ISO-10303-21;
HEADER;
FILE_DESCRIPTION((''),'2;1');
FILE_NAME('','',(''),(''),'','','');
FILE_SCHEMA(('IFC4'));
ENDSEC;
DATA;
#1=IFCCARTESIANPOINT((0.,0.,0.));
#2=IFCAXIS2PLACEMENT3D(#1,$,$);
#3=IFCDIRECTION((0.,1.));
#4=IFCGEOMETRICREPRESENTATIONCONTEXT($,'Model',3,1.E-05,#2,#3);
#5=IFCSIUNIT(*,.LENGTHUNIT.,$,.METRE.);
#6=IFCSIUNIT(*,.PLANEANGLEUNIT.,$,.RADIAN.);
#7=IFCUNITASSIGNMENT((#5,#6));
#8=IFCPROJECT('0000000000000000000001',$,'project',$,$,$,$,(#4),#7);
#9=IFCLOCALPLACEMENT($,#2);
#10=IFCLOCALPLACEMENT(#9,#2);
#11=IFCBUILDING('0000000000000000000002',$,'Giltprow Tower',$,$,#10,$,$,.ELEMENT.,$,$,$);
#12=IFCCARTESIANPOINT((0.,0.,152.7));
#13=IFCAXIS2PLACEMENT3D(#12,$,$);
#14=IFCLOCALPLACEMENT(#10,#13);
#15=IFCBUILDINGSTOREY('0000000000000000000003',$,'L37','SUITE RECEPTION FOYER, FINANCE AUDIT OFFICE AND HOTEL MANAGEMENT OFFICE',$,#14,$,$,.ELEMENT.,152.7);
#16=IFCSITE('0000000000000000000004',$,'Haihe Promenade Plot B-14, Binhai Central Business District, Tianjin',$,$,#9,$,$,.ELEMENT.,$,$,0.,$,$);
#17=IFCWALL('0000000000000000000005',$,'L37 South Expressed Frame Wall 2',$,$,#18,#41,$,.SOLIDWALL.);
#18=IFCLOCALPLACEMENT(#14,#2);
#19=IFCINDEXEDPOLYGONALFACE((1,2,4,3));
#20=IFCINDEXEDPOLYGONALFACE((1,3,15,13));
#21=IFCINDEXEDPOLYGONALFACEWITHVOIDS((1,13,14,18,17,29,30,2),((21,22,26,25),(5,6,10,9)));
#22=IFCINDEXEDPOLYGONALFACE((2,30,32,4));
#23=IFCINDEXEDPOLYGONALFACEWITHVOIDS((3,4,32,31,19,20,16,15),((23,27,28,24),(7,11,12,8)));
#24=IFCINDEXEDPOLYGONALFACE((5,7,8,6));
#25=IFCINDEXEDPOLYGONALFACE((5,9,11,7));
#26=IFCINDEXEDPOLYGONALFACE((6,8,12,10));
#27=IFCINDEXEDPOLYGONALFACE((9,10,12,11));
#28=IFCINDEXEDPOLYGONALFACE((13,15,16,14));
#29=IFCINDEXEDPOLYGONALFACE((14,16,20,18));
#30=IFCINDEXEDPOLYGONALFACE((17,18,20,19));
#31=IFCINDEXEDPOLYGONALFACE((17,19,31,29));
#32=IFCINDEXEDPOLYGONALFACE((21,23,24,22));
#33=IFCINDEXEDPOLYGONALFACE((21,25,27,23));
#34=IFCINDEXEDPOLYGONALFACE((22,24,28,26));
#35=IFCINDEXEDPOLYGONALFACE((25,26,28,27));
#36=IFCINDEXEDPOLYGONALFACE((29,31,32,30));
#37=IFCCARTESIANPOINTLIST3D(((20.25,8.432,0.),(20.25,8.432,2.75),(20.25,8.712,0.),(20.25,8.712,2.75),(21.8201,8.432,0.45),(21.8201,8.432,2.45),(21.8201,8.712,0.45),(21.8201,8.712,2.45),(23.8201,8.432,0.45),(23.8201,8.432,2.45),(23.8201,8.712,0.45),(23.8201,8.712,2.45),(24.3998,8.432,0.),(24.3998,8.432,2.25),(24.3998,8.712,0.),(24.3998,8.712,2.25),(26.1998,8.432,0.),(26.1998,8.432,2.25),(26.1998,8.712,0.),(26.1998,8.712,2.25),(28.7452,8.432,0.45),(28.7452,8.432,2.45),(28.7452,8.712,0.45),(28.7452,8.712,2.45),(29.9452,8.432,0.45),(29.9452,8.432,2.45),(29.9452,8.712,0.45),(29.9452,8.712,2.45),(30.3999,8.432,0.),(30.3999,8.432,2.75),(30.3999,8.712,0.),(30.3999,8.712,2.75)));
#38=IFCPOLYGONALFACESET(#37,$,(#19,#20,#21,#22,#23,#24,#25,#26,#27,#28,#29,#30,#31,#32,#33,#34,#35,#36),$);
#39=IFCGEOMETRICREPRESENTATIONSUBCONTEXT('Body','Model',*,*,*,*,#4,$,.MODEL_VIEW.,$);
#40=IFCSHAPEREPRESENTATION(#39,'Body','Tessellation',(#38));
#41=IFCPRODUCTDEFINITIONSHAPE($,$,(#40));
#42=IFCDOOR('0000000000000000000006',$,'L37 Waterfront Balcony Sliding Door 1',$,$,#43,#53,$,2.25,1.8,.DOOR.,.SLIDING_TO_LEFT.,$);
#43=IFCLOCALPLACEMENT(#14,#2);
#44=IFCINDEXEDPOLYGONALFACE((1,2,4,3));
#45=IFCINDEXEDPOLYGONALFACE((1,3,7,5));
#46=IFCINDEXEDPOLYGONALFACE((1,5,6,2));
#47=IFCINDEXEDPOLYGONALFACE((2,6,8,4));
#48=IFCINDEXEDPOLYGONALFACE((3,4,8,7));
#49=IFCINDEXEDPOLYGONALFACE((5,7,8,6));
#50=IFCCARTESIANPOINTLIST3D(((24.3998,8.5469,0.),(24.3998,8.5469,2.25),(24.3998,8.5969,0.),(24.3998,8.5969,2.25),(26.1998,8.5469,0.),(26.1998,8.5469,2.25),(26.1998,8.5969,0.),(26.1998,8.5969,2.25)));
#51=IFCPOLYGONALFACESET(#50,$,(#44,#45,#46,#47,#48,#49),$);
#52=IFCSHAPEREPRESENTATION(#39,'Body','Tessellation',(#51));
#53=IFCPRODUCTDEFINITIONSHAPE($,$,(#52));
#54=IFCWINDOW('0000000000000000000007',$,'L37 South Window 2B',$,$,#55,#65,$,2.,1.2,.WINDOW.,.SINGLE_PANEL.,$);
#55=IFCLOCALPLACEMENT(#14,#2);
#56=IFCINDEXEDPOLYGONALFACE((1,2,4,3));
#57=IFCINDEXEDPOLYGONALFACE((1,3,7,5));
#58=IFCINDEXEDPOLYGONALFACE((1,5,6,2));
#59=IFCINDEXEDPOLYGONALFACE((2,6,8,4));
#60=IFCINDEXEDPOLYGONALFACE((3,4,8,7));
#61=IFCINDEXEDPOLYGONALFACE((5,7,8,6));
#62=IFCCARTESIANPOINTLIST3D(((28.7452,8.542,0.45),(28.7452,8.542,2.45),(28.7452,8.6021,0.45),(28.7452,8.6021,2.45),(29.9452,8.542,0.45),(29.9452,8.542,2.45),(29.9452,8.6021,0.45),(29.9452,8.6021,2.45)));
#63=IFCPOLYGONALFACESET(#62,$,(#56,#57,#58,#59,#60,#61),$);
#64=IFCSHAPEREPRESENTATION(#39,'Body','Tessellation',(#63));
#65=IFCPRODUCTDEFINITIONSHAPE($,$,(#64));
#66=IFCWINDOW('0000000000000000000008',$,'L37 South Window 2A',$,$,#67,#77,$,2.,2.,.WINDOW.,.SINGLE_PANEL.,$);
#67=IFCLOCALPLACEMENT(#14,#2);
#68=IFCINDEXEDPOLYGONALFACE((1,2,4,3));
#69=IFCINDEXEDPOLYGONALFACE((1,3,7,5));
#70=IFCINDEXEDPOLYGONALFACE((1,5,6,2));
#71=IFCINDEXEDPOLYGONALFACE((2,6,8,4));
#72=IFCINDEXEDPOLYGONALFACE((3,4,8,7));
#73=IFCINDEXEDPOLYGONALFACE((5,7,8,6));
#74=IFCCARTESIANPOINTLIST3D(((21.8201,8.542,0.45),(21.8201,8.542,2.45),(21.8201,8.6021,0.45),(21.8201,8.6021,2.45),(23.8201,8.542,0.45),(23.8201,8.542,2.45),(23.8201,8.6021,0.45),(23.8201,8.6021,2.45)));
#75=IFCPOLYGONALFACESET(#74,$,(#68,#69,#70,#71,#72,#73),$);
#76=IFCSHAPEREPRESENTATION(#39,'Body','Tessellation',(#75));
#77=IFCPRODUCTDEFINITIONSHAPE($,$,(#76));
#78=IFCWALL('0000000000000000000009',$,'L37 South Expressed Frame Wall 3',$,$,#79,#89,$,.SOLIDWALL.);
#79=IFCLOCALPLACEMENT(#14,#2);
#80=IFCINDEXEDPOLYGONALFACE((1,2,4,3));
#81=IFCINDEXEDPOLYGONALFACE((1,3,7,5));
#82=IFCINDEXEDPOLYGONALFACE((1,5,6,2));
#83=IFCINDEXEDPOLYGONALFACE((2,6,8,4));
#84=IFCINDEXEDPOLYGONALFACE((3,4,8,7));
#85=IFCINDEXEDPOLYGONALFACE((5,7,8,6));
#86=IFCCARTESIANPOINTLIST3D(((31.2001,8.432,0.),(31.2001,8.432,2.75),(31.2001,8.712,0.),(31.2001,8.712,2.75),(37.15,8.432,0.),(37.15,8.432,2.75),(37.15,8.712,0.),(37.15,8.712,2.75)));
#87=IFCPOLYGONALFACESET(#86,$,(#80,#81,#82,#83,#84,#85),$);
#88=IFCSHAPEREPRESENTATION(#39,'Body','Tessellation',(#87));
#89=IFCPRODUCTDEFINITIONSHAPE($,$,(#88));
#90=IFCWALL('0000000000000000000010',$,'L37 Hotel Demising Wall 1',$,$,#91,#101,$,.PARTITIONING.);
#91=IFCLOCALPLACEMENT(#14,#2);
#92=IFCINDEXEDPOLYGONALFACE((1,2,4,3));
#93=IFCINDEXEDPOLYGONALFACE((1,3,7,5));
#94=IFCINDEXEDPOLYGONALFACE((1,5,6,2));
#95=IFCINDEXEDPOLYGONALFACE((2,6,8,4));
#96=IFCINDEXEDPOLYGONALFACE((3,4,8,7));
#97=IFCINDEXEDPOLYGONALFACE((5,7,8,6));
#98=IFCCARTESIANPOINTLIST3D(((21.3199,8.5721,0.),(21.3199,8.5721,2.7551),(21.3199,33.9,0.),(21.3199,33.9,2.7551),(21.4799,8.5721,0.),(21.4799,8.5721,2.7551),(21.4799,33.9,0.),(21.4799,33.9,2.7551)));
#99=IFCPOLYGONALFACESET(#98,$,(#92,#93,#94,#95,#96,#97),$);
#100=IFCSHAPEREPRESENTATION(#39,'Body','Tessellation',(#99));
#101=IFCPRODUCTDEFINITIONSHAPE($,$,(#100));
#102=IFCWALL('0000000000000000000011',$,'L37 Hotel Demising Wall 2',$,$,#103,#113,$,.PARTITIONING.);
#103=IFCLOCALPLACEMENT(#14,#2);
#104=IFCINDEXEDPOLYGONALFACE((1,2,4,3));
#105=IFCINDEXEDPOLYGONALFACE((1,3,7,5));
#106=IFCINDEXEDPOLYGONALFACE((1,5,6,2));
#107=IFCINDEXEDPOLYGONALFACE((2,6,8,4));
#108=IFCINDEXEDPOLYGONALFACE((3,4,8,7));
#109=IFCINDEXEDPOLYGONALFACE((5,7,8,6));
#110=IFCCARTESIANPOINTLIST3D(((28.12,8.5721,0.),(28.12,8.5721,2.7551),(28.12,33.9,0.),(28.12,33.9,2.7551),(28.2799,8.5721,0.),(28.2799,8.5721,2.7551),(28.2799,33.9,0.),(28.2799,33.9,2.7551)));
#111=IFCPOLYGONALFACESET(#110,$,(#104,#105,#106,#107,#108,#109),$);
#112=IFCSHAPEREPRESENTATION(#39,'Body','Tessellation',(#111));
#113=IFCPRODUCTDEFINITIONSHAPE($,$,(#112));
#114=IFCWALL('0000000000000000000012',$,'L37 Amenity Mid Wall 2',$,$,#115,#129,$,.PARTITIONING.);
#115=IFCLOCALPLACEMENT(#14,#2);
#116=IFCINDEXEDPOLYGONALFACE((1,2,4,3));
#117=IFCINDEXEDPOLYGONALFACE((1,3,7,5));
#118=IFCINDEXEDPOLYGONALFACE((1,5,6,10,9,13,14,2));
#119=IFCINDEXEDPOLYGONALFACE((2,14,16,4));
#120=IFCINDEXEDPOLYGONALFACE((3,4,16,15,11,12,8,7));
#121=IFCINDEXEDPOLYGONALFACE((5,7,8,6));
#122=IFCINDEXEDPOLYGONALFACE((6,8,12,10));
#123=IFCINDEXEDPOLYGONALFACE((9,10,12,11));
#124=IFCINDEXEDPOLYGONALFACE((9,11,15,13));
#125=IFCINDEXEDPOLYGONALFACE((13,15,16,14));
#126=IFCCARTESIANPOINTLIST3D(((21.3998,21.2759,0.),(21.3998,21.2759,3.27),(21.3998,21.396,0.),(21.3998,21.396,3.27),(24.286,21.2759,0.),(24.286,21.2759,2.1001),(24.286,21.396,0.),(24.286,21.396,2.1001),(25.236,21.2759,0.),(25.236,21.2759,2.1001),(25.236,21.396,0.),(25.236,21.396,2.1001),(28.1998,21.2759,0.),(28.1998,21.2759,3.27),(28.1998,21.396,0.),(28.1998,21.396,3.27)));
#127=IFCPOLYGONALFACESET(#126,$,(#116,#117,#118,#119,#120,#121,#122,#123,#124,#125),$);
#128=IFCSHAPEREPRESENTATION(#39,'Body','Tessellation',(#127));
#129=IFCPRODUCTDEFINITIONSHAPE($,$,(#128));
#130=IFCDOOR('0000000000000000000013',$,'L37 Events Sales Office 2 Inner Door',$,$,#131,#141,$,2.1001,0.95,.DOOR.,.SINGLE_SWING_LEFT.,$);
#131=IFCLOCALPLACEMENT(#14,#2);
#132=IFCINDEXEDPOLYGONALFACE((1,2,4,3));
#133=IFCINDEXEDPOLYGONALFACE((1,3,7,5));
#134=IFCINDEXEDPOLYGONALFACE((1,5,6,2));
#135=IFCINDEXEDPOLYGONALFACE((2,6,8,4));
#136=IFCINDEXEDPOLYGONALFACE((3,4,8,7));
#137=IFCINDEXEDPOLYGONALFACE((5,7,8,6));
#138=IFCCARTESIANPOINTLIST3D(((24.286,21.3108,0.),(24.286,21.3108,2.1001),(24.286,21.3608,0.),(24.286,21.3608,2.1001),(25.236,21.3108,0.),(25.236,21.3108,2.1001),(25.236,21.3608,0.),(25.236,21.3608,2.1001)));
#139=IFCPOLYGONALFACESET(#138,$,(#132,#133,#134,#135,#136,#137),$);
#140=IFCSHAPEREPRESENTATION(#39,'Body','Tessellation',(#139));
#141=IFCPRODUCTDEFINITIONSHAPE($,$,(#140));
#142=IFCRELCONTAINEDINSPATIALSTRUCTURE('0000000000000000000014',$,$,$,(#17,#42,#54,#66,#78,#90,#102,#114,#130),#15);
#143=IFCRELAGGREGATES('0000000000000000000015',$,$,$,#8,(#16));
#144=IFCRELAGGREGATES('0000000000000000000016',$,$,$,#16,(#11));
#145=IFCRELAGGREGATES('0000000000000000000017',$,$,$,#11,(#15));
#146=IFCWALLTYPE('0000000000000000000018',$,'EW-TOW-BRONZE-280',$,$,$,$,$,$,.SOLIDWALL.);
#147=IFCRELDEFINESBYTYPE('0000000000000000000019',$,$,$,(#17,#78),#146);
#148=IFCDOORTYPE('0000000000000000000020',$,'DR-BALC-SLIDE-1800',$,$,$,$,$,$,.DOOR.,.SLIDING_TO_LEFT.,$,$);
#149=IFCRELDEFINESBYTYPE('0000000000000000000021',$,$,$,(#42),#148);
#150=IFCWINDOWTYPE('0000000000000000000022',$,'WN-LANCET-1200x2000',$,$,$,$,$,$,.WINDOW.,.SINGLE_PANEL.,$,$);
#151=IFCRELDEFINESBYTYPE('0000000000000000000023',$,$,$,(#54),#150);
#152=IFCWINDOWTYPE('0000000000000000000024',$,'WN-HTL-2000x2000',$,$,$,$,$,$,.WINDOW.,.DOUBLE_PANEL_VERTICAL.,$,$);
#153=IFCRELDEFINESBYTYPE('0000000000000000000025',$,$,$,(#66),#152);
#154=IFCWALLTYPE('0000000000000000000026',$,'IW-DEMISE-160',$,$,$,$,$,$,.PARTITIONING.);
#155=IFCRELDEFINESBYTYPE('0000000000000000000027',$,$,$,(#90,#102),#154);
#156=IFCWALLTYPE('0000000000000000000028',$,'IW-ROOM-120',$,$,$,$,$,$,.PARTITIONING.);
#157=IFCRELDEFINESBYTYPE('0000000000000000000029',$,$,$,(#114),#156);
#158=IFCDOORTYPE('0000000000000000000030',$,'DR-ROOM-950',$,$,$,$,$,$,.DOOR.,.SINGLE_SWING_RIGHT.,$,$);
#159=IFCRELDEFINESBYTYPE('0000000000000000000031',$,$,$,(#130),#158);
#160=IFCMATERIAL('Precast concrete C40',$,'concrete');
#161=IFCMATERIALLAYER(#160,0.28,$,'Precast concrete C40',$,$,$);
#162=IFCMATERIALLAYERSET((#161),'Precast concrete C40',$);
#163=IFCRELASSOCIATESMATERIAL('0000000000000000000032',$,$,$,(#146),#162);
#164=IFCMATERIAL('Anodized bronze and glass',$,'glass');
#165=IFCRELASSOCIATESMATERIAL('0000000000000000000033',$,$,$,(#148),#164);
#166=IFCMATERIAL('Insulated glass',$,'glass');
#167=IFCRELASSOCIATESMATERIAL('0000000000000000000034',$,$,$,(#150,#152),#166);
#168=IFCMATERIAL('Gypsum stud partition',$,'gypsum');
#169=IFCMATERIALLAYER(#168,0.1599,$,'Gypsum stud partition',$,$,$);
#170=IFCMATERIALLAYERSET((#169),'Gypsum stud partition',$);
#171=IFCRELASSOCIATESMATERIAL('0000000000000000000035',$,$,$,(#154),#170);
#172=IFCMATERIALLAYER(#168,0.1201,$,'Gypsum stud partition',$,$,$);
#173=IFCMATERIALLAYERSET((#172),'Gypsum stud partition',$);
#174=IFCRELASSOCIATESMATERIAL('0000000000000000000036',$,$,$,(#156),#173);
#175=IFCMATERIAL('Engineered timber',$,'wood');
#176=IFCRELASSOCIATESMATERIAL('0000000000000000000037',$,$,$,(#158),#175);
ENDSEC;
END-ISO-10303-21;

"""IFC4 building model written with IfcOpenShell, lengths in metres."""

from ifc_helpers import new_model, si_unit, direction, frame, frame_2d, origin, place, context, subcontext, project, spatial, rectangle, extrude, source, transform, mapped, material, layer, layer_set, type_object, element, fill, save


model = new_model("IFC4")

# Units and contexts
model_context = context("Model", 3, precision=1e-05, world=origin(), true_north=direction((0.0, 1.0)))
body_context = subcontext(model_context, "Body", "Model", "MODEL_VIEW")
ifc_project = project(units=[si_unit("LENGTHUNIT", "METRE"), si_unit("PLANEANGLEUNIT", "RADIAN")], contexts=[model_context])

# Site, building, storey
site_placement = place(None, origin())
site = spatial("IfcSite", under=ifc_project, at=site_placement, Name="Haihe Promenade Plot B-14, Binhai Central Business District, Tianjin", CompositionType="ELEMENT", RefElevation=0.0)
building_placement = place(site_placement, origin())
building = spatial("IfcBuilding", under=site, at=building_placement, Name="Giltprow Tower", CompositionType="ELEMENT")
storey_placement = place(building_placement, frame((0.0, 0.0, 152.7)))
storey = spatial("IfcBuildingStorey", under=building, at=storey_placement, Name="L37", Description="SUITE RECEPTION FOYER, FINANCE AUDIT OFFICE AND HOTEL MANAGEMENT OFFICE", CompositionType="ELEMENT", Elevation=152.7)

# Wall, openings, door, windows
ifc_material_1 = material(Name="Precast concrete C40", Category="concrete")
ifc_layer_1 = layer(ifc_material_1, 0.28, Name="Precast concrete C40")
ifc_layer_set_1 = layer_set([ifc_layer_1], Name="Precast concrete C40")
wall_type_1 = type_object("IfcWallType", Name="EW-TOW-BRONZE-280", PredefinedType="SOLIDWALL", material=ifc_layer_set_1)
wall_1_placement = place(storey_placement, frame((20.25, 8.572, 0.0), z_axis=(0.0, 0.0, 1.0), x_axis=(1.0, 0.0, 0.0)))
wall_1 = element("IfcWall", 1, at=wall_1_placement, inside=storey, type_object=wall_type_1, Name="L37 South Expressed Frame Wall 2", PredefinedType="SOLIDWALL", context=body_context, shape_type="SweptSolid", body=[
    extrude(rectangle(XDim=10.1499, YDim=0.28, at=frame_2d((5.075, 0.0))), origin(), (0.0, 0.0, 1.0), 2.75),
])
opening_1_placement = place(wall_1_placement, frame((4.1499, 0.0, 0.0)))
opening_1 = element("IfcOpeningElement", 2, at=opening_1_placement, cuts=wall_1, PredefinedType="OPENING", context=body_context, shape_type="SweptSolid", body=[
    extrude(rectangle(XDim=1.8, YDim=2.25, at=frame_2d((0.8999, 1.125))), frame((0.0, 0.1499, 0.0), z_axis=(0.0, -1.0, 0.0), x_axis=(1.0, 0.0, 0.0)), (0.0, 0.0, 1.0), 0.3),
])
opening_2_placement = place(wall_1_placement, frame((1.5701, 0.0, 0.45)))
opening_2 = element("IfcOpeningElement", 3, at=opening_2_placement, cuts=wall_1, PredefinedType="OPENING", context=body_context, shape_type="SweptSolid", body=[
    extrude(rectangle(XDim=2.0, YDim=2.0, at=frame_2d((1.0, 1.0))), frame((0.0, 0.1499, 0.0), z_axis=(0.0, -1.0, 0.0), x_axis=(1.0, 0.0, 0.0)), (0.0, 0.0, 1.0), 0.3),
])
opening_3_placement = place(wall_1_placement, frame((8.4951, 0.0, 0.45)))
opening_3 = element("IfcOpeningElement", 4, at=opening_3_placement, cuts=wall_1, PredefinedType="OPENING", context=body_context, shape_type="SweptSolid", body=[
    extrude(rectangle(XDim=1.2, YDim=2.0, at=frame_2d((0.6001, 1.0))), frame((0.0, 0.1499, 0.0), z_axis=(0.0, -1.0, 0.0), x_axis=(1.0, 0.0, 0.0)), (0.0, 0.0, 1.0), 0.3),
])
ifc_material_2 = material(Name="Anodized bronze and glass", Category="glass")
door_type_1 = type_object("IfcDoorType", Name="DR-BALC-SLIDE-1800", OperationType="SLIDING_TO_LEFT", PredefinedType="DOOR", material=ifc_material_2)
shared_shape_1 = source(origin(), body_context, "Body", "SweptSolid", [
    extrude(rectangle(XDim=1.8, YDim=2.25, at=frame_2d((0.8999, 1.125))), frame((0.0, 0.0249, 0.0), z_axis=(0.0, -1.0, 0.0), x_axis=(1.0, 0.0, 0.0)), (0.0, 0.0, 1.0), 0.05),
])
door_1_placement = place(opening_1_placement, origin())
door_1 = element("IfcDoor", 5, at=door_1_placement, inside=storey, type_object=door_type_1, Name="L37 Waterfront Balcony Sliding Door 1", OperationType="SLIDING_TO_LEFT", OverallHeight=2.25, OverallWidth=1.8, PredefinedType="DOOR", context=body_context, shape_type="MappedRepresentation", body=[
    mapped(shared_shape_1, transform((0.0, 0.0, 0.0), x_axis=(1.0, 0.0, 0.0), y_axis=(0.0, 1.0, 0.0), z_axis=(0.0, 0.0, 1.0), scale=1.0)),
])
fill(opening_1, door_1)
ifc_material_3 = material(Name="Insulated glass", Category="glass")
window_type_1 = type_object("IfcWindowType", Name="WN-LANCET-1200x2000", PartitioningType="SINGLE_PANEL", PredefinedType="WINDOW", material=ifc_material_3)
shared_shape_2 = source(origin(), body_context, "Body", "SweptSolid", [
    extrude(rectangle(XDim=1.2, YDim=2.0, at=frame_2d((0.6001, 1.0))), frame((0.0, 0.03, 0.0), z_axis=(0.0, -1.0, 0.0), x_axis=(1.0, 0.0, 0.0)), (0.0, 0.0, 1.0), 0.0601),
])
window_1_placement = place(opening_3_placement, origin())
window_1 = element("IfcWindow", 6, at=window_1_placement, inside=storey, type_object=window_type_1, Name="L37 South Window 2B", OverallHeight=2.0, OverallWidth=1.2, PartitioningType="SINGLE_PANEL", PredefinedType="WINDOW", context=body_context, shape_type="MappedRepresentation", body=[
    mapped(shared_shape_2, transform((0.0, 0.0, 0.0), x_axis=(1.0, 0.0, 0.0), y_axis=(0.0, 1.0, 0.0), z_axis=(0.0, 0.0, 1.0), scale=1.0)),
])
fill(opening_3, window_1)
window_type_2 = type_object("IfcWindowType", Name="WN-HTL-2000x2000", PartitioningType="DOUBLE_PANEL_VERTICAL", PredefinedType="WINDOW", material=ifc_material_3)
shared_shape_3 = source(origin(), body_context, "Body", "SweptSolid", [
    extrude(rectangle(XDim=2.0, YDim=2.0, at=frame_2d((1.0, 1.0))), frame((0.0, 0.03, 0.0), z_axis=(0.0, -1.0, 0.0), x_axis=(1.0, 0.0, 0.0)), (0.0, 0.0, 1.0), 0.0601),
])
window_2_placement = place(opening_2_placement, origin())
window_2 = element("IfcWindow", 7, at=window_2_placement, inside=storey, type_object=window_type_2, Name="L37 South Window 2A", OverallHeight=2.0, OverallWidth=2.0, PartitioningType="SINGLE_PANEL", PredefinedType="WINDOW", context=body_context, shape_type="MappedRepresentation", body=[
    mapped(shared_shape_3, transform((0.0, 0.0, 0.0), x_axis=(1.0, 0.0, 0.0), y_axis=(0.0, 1.0, 0.0), z_axis=(0.0, 0.0, 1.0), scale=1.0)),
])
fill(opening_2, window_2)

# Walls
wall_2_placement = place(storey_placement, frame((31.2, 8.572, 0.0), z_axis=(0.0, 0.0, 1.0), x_axis=(1.0, 0.0, 0.0)))
element("IfcWall", 8, at=wall_2_placement, inside=storey, type_object=wall_type_1, Name="L37 South Expressed Frame Wall 3", PredefinedType="SOLIDWALL", context=body_context, shape_type="SweptSolid", body=[
    extrude(rectangle(XDim=5.95, YDim=0.28, at=frame_2d((2.9751, 0.0))), origin(), (0.0, 0.0, 1.0), 2.75),
])
ifc_material_4 = material(Name="Gypsum stud partition", Category="gypsum")
ifc_layer_2 = layer(ifc_material_4, 0.1599, Name="Gypsum stud partition")
ifc_layer_set_2 = layer_set([ifc_layer_2], Name="Gypsum stud partition")
wall_type_2 = type_object("IfcWallType", Name="IW-DEMISE-160", PredefinedType="PARTITIONING", material=ifc_layer_set_2)
for number, where, z_axis, x_axis, name in (
    (9, (21.3999, 8.572, 0.0), (0.0, 0.0, 1.0), (0.0, 1.0, 0.0), "L37 Hotel Demising Wall 1"),
    (10, (28.2, 8.572, 0.0), (0.0, 0.0, 1.0), (0.0, 1.0, 0.0), "L37 Hotel Demising Wall 2"),
):
    element("IfcWall", number, at=place(storey_placement, frame(where, z_axis=z_axis, x_axis=x_axis)), inside=storey, type_object=wall_type_2, Name=name, PredefinedType="PARTITIONING", context=body_context, shape_type="SweptSolid", body=[
        extrude(rectangle(XDim=25.3279, YDim=0.1599, at=frame_2d((12.6641, 0.0))), origin(), (0.0, 0.0, 1.0), 2.7551),
    ])

# Wall, opening, door
ifc_layer_3 = layer(ifc_material_4, 0.1201, Name="Gypsum stud partition")
ifc_layer_set_3 = layer_set([ifc_layer_3], Name="Gypsum stud partition")
wall_type_3 = type_object("IfcWallType", Name="IW-ROOM-120", PredefinedType="PARTITIONING", material=ifc_layer_set_3)
wall_3_placement = place(storey_placement, frame((21.3999, 21.3359, 0.0), z_axis=(0.0, 0.0, 1.0), x_axis=(1.0, 0.0, 0.0)))
wall_3 = element("IfcWall", 11, at=wall_3_placement, inside=storey, type_object=wall_type_3, Name="L37 Amenity Mid Wall 2", PredefinedType="PARTITIONING", context=body_context, shape_type="SweptSolid", body=[
    extrude(rectangle(XDim=6.8, YDim=0.1201, at=frame_2d((3.3999, 0.0))), origin(), (0.0, 0.0, 1.0), 3.27),
])
opening_4_placement = place(wall_3_placement, frame((2.886, 0.0, 0.0)))
opening_4 = element("IfcOpeningElement", 12, at=opening_4_placement, cuts=wall_3, PredefinedType="OPENING", context=body_context, shape_type="SweptSolid", body=[
    extrude(rectangle(XDim=0.95, YDim=2.1001, at=frame_2d((0.4751, 1.05))), frame((0.0, 0.0701, 0.0), z_axis=(0.0, -1.0, 0.0), x_axis=(1.0, 0.0, 0.0)), (0.0, 0.0, 1.0), 0.1401),
])
ifc_material_5 = material(Name="Engineered timber", Category="wood")
door_type_2 = type_object("IfcDoorType", Name="DR-ROOM-950", OperationType="SINGLE_SWING_RIGHT", PredefinedType="DOOR", material=ifc_material_5)
shared_shape_4 = source(origin(), body_context, "Body", "SweptSolid", [
    extrude(rectangle(XDim=0.95, YDim=2.1001, at=frame_2d((0.4751, 1.05))), frame((0.0, 0.0249, 0.0), z_axis=(0.0, -1.0, 0.0), x_axis=(1.0, 0.0, 0.0)), (0.0, 0.0, 1.0), 0.05),
])
door_2_placement = place(opening_4_placement, origin())
door_2 = element("IfcDoor", 13, at=door_2_placement, inside=storey, type_object=door_type_2, Name="L37 Events Sales Office 2 Inner Door", OperationType="SINGLE_SWING_LEFT", OverallHeight=2.1001, OverallWidth=0.95, PredefinedType="DOOR", context=body_context, shape_type="MappedRepresentation", body=[
    mapped(shared_shape_4, transform((0.0, 0.0, 0.0), x_axis=(1.0, 0.0, 0.0), y_axis=(0.0, 1.0, 0.0), z_axis=(0.0, 0.0, 1.0), scale=1.0)),
])
fill(opening_4, door_2)

save(model, "model.ifc")
